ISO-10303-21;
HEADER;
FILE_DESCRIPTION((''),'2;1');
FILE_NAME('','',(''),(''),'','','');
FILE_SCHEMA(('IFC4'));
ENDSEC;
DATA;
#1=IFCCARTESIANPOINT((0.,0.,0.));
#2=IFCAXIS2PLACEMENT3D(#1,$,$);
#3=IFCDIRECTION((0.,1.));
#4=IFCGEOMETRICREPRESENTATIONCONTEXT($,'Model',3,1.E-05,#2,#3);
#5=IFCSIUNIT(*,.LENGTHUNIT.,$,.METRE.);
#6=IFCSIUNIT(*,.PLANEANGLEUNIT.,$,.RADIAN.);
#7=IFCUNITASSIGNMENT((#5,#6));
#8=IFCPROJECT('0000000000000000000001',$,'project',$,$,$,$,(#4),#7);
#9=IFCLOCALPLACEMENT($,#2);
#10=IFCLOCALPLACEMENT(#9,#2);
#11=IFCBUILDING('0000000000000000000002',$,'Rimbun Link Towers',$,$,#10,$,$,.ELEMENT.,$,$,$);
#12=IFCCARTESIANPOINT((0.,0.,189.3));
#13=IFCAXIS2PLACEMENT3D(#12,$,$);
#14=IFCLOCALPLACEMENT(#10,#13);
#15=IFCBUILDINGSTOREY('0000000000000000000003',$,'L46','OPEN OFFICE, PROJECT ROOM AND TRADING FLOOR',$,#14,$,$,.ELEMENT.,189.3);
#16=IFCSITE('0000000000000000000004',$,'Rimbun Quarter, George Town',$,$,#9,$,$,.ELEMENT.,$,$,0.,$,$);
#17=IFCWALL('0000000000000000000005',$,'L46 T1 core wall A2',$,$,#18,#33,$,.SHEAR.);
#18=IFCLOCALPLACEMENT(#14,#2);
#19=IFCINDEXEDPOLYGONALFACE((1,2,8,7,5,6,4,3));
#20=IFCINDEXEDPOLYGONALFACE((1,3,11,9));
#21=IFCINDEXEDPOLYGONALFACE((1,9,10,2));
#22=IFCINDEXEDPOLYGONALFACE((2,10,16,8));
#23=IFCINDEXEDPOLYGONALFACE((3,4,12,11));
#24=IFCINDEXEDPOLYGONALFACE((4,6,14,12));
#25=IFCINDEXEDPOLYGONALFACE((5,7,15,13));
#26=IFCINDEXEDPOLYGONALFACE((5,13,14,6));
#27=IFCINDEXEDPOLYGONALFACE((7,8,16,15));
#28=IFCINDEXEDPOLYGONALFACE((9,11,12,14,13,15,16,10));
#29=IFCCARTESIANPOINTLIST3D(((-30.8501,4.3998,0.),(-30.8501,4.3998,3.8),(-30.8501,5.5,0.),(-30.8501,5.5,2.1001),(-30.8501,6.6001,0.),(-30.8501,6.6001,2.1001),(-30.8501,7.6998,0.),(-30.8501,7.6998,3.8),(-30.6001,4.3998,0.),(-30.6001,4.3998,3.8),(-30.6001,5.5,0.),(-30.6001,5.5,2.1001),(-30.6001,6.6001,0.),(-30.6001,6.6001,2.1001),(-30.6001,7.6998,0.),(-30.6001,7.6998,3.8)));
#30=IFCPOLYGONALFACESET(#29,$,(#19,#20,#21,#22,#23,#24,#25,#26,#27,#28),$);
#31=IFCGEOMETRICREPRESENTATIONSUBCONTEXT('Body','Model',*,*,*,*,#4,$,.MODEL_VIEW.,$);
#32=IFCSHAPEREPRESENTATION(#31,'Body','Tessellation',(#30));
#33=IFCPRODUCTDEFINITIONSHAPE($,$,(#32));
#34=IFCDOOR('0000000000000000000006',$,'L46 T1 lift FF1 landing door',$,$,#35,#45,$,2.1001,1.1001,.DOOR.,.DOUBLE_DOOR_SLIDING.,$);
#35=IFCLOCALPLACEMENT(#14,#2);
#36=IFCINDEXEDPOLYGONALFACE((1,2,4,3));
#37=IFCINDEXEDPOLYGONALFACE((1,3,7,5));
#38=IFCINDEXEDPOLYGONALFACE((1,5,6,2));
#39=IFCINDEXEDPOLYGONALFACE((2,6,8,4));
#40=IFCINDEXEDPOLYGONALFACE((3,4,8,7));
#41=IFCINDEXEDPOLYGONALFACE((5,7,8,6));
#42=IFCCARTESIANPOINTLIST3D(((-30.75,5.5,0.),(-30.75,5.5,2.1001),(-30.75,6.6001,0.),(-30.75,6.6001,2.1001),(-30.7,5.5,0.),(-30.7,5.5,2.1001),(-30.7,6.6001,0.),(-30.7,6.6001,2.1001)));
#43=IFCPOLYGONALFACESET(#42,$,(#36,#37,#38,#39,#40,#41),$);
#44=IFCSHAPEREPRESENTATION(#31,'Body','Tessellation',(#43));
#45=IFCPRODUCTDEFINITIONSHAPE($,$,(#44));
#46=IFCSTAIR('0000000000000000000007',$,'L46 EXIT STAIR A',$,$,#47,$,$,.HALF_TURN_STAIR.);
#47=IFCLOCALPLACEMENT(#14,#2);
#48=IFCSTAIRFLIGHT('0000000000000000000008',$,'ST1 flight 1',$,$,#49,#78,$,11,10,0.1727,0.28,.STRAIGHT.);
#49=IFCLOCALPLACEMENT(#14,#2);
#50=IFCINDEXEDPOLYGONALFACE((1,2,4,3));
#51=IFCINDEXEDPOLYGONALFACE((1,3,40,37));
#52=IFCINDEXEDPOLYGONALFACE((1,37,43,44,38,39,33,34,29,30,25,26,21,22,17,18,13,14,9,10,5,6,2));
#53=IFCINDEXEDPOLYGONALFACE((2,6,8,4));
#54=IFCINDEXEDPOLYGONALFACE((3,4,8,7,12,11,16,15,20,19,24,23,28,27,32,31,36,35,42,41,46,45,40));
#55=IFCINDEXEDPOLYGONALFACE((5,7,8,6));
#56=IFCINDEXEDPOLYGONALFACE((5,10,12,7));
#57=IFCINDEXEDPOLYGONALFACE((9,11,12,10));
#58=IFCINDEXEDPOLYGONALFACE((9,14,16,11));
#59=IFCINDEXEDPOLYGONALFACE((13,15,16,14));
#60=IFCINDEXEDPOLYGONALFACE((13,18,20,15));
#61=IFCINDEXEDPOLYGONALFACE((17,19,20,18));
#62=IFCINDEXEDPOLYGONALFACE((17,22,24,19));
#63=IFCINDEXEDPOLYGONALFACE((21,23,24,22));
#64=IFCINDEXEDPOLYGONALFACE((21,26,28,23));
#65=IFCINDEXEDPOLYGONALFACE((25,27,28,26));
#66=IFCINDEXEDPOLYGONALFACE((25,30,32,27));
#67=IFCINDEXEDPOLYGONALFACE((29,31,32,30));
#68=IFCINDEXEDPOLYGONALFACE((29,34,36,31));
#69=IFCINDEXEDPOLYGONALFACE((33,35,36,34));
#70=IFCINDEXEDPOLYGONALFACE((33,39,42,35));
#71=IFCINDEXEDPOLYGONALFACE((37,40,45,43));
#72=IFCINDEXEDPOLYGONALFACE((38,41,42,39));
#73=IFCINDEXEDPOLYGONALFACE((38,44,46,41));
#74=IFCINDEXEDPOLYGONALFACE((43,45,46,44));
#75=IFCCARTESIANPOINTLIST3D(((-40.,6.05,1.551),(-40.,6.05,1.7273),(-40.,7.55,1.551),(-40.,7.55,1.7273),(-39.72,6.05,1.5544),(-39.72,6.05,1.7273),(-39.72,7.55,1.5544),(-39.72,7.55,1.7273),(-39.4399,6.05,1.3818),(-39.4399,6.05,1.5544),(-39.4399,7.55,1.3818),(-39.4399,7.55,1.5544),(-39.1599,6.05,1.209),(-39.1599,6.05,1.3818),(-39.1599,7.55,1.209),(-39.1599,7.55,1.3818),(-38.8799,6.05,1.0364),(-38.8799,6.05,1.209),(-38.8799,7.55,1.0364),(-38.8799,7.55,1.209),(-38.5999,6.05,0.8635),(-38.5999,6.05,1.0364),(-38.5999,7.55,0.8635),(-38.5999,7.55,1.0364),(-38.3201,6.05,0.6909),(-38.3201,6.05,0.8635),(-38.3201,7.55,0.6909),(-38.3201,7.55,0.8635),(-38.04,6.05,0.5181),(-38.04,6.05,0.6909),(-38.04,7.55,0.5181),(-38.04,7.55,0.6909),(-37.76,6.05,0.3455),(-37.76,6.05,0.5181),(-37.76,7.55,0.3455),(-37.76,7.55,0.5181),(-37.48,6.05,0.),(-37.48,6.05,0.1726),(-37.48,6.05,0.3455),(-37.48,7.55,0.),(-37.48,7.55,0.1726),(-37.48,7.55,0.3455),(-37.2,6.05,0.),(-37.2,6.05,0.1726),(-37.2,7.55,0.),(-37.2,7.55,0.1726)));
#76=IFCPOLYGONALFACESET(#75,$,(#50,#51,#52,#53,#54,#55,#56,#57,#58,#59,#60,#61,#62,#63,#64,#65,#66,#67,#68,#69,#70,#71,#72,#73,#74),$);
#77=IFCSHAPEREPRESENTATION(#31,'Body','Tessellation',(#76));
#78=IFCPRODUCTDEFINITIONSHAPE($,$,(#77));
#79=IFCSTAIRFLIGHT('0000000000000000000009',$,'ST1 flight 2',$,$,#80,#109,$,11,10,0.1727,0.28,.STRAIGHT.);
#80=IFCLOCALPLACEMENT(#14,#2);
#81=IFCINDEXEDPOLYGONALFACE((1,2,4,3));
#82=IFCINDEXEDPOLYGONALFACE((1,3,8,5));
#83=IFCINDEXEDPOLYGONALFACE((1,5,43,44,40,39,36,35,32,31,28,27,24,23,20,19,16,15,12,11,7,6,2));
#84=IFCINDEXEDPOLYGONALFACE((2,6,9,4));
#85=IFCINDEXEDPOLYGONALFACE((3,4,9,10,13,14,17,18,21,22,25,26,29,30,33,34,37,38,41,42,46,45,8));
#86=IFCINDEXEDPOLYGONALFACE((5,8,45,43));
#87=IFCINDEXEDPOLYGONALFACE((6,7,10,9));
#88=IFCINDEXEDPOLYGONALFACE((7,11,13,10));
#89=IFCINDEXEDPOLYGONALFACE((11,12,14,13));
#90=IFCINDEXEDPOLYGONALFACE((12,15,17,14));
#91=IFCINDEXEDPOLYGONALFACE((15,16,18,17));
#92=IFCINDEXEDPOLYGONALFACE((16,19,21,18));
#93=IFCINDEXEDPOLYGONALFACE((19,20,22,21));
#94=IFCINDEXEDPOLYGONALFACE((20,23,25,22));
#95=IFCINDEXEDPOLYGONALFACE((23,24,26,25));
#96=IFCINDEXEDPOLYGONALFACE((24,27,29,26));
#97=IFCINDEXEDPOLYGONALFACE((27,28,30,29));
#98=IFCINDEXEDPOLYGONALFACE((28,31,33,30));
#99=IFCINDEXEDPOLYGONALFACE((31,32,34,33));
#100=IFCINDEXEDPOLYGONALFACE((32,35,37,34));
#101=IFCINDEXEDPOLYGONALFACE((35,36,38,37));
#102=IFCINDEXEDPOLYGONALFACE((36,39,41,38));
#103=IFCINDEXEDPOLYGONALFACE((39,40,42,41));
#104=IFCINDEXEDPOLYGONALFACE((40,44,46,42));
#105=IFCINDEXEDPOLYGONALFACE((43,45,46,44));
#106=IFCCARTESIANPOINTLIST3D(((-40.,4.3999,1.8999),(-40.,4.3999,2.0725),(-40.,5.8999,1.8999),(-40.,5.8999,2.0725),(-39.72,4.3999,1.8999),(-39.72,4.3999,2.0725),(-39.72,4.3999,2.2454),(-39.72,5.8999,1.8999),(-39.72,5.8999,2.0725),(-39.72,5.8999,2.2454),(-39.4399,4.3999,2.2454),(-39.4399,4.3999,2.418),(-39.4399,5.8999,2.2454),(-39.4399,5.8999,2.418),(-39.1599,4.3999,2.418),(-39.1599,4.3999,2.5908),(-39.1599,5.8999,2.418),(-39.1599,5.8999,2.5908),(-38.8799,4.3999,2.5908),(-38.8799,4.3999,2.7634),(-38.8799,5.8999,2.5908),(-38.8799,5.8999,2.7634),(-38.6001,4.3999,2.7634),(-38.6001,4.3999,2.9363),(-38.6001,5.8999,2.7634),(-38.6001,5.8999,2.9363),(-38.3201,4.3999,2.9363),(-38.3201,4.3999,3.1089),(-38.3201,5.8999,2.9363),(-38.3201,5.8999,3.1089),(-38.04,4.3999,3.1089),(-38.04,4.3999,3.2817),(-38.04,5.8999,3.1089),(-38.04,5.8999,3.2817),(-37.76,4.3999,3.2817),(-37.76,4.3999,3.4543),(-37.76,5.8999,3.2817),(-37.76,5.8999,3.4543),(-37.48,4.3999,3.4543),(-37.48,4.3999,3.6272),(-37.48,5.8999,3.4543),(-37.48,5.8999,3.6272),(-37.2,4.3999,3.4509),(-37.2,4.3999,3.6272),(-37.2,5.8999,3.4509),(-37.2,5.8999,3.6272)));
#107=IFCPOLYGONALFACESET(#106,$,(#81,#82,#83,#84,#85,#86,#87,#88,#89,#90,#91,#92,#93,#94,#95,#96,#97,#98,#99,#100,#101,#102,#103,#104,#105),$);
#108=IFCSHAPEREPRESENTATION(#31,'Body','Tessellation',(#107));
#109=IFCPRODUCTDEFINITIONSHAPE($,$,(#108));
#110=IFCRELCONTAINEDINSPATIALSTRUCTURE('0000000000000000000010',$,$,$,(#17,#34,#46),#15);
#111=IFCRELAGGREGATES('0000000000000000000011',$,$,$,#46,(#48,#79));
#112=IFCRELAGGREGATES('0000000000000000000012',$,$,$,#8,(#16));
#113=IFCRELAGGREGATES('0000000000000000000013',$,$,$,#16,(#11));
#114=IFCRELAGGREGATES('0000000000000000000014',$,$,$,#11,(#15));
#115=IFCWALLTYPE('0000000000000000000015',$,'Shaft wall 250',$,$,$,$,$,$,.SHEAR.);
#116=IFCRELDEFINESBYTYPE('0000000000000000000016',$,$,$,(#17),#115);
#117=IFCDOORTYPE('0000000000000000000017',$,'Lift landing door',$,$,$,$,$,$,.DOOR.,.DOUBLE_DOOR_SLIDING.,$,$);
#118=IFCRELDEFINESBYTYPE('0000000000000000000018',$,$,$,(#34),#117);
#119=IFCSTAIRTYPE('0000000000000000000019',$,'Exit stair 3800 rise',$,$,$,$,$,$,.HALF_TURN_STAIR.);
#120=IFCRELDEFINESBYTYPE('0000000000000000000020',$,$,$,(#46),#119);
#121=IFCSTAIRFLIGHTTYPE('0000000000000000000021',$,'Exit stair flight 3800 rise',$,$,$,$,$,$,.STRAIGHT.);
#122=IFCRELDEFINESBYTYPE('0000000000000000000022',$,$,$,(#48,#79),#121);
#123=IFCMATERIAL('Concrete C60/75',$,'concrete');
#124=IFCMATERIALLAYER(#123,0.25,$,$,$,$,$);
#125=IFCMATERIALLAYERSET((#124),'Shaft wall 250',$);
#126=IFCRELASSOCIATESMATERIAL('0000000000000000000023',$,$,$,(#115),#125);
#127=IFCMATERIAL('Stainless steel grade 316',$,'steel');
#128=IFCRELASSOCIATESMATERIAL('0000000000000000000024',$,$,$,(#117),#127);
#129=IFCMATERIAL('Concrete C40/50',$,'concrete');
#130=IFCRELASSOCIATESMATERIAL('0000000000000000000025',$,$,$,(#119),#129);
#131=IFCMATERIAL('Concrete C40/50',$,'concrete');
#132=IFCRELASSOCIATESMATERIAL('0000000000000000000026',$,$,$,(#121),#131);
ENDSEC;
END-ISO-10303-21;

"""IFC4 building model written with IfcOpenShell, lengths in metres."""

from ifc_helpers import new_model, si_unit, direction, frame, frame_2d, origin, place, context, subcontext, project, spatial, polyline, rectangle, outline, extrude, material, layer, layer_set, type_object, element, fill, aggregate, save


model = new_model("IFC4")

# Units and contexts
model_context = context("Model", 3, precision=1e-05, world=origin(), true_north=direction((0.0, 1.0)))
body_context = subcontext(model_context, "Body", "Model", "MODEL_VIEW")
ifc_project = project(units=[si_unit("LENGTHUNIT", "METRE"), si_unit("PLANEANGLEUNIT", "RADIAN")], contexts=[model_context])

# Site, building, storey
site_placement = place(None, origin())
site = spatial("IfcSite", under=ifc_project, at=site_placement, Name="Rimbun Quarter, George Town", CompositionType="ELEMENT", RefElevation=0.0)
building_placement = place(site_placement, origin())
building = spatial("IfcBuilding", under=site, at=building_placement, Name="Rimbun Link Towers", CompositionType="ELEMENT")
storey_placement = place(building_placement, frame((0.0, 0.0, 189.3)))
storey = spatial("IfcBuildingStorey", under=building, at=storey_placement, Name="L46", Description="OPEN OFFICE, PROJECT ROOM AND TRADING FLOOR", CompositionType="ELEMENT", Elevation=189.3)

# Shared definitions
ifc_material_1 = material(Name="Concrete C60/75", Category="concrete")
ifc_layer = layer(ifc_material_1, 0.25)
ifc_layer_set = layer_set([ifc_layer], Name="Shaft wall 250")
wall_type = type_object("IfcWallType", Name="Shaft wall 250", PredefinedType="SHEAR", material=ifc_layer_set)

# Wall, opening, door
wall_1_placement = place(storey_placement, frame((-30.7251, 4.3999, 0.0), z_axis=(0.0, 0.0, 1.0), x_axis=(0.0, 1.0, 0.0)))
wall_1 = element("IfcWall", 1, at=wall_1_placement, inside=storey, type_object=wall_type, Name="L46 T1 core wall A2", PredefinedType="SHEAR", context=body_context, shape_type="SweptSolid", body=[
    extrude(rectangle(XDim=3.3, YDim=0.25, at=frame_2d((1.6499, 0.0))), origin(), (0.0, 0.0, 1.0), 3.8),
])
opening_1_placement = place(wall_1_placement, frame((1.1001, 0.0, 0.0)))
opening_1 = element("IfcOpeningElement", 2, at=opening_1_placement, cuts=wall_1, PredefinedType="OPENING", context=body_context, shape_type="SweptSolid", body=[
    extrude(rectangle(XDim=1.1001, YDim=2.1001, at=frame_2d((0.55, 1.05))), frame((0.0, 0.135, 0.0), z_axis=(0.0, -1.0, 0.0), x_axis=(1.0, 0.0, 0.0)), (0.0, 0.0, 1.0), 0.27),
])
ifc_material_2 = material(Name="Stainless steel grade 316", Category="steel")
door_type_1 = type_object("IfcDoorType", Name="Lift landing door", OperationType="DOUBLE_DOOR_SLIDING", PredefinedType="DOOR", material=ifc_material_2)
door_1_placement = place(opening_1_placement, origin())
door_1 = element("IfcDoor", 3, at=door_1_placement, inside=storey, type_object=door_type_1, Name="L46 T1 lift FF1 landing door", OperationType="DOUBLE_DOOR_SLIDING", OverallHeight=2.1001, OverallWidth=1.1001, PredefinedType="DOOR", context=body_context, shape_type="SweptSolid", body=[
    extrude(rectangle(XDim=1.1001, YDim=2.1001, at=frame_2d((0.55, 1.05))), frame((0.0, 0.0249, 0.0), z_axis=(0.0, -1.0, 0.0), x_axis=(1.0, 0.0, 0.0)), (0.0, 0.0, 1.0), 0.05),
])
fill(opening_1, door_1)

# Stair, stair flights
ifc_material_3 = material(Name="Concrete C40/50", Category="concrete")
stair_type = type_object("IfcStairType", Name="Exit stair 3800 rise", PredefinedType="HALF_TURN_STAIR", material=ifc_material_3)
stair_placement = place(storey_placement, origin())
stair = element("IfcStair", 4, at=stair_placement, inside=storey, type_object=stair_type, Name="L46 EXIT STAIR A", PredefinedType="HALF_TURN_STAIR")
ifc_material_4 = material(Name="Concrete C40/50", Category="concrete")
stair_flight_type = type_object("IfcStairFlightType", Name="Exit stair flight 3800 rise", PredefinedType="STRAIGHT", material=ifc_material_4)
stair_flight_1_placement = place(storey_placement, frame((-37.2, 6.8, 0.0), z_axis=(0.0, 0.0, 1.0), x_axis=(-1.0, 0.0, 0.0)))
stair_flight_1 = element("IfcStairFlight", 5, at=stair_flight_1_placement, type_object=stair_flight_type, Name="ST1 flight 1", NumberOfRisers=11, NumberOfTreads=10, PredefinedType="STRAIGHT", RiserHeight=0.1727, TreadLength=0.28, context=body_context, shape_type="SweptSolid", body=[
    extrude(outline(polyline([(0.0, 0.0), (0.0, 0.1726), (0.28, 0.1726), (0.28, 0.3455), (0.5601, 0.3455), (0.5601, 0.5181), (0.8401, 0.5181), (0.8401, 0.6909), (1.1201, 0.6909), (1.1201, 0.8635), (1.3999, 0.8635), (1.3999, 1.0364), (1.6799, 1.0364), (1.6799, 1.209), (1.96, 1.209), (1.96, 1.3818), (2.24, 1.3818), (2.24, 1.5544), (2.52, 1.5544), (2.52, 1.7273), (2.8, 1.7273), (2.8, 1.8999), (2.8, 1.551), (0.28, 0.0), (0.0, 0.0)])), frame((0.0, 0.75, 0.0), z_axis=(0.0, -1.0, 0.0), x_axis=(1.0, 0.0, 0.0)), (0.0, 0.0, 1.0), 1.5),
])
stair_flight_2_placement = place(storey_placement, frame((-40.0, 5.1499, 1.8999), z_axis=(0.0, 0.0, 1.0), x_axis=(1.0, 0.0, 0.0)))
stair_flight_2 = element("IfcStairFlight", 6, at=stair_flight_2_placement, type_object=stair_flight_type, Name="ST1 flight 2", NumberOfRisers=11, NumberOfTreads=10, PredefinedType="STRAIGHT", RiserHeight=0.1727, TreadLength=0.28, context=body_context, shape_type="SweptSolid", body=[
    extrude(outline(polyline([(0.0, 0.0), (0.0, 0.1726), (0.28, 0.1726), (0.28, 0.3455), (0.5601, 0.3455), (0.5601, 0.5181), (0.8401, 0.5181), (0.8401, 0.6909), (1.1201, 0.6909), (1.1201, 0.8635), (1.3999, 0.8635), (1.3999, 1.0364), (1.6799, 1.0364), (1.6799, 1.209), (1.96, 1.209), (1.96, 1.3818), (2.24, 1.3818), (2.24, 1.5544), (2.52, 1.5544), (2.52, 1.7273), (2.8, 1.7273), (2.8, 1.8999), (2.8, 1.551), (0.28, 0.0), (0.0, 0.0)])), frame((0.0, 0.75, 0.0), z_axis=(0.0, -1.0, 0.0), x_axis=(1.0, 0.0, 0.0)), (0.0, 0.0, 1.0), 1.5),
])
aggregate(stair, [stair_flight_1, stair_flight_2])

save(model, "model.ifc")
